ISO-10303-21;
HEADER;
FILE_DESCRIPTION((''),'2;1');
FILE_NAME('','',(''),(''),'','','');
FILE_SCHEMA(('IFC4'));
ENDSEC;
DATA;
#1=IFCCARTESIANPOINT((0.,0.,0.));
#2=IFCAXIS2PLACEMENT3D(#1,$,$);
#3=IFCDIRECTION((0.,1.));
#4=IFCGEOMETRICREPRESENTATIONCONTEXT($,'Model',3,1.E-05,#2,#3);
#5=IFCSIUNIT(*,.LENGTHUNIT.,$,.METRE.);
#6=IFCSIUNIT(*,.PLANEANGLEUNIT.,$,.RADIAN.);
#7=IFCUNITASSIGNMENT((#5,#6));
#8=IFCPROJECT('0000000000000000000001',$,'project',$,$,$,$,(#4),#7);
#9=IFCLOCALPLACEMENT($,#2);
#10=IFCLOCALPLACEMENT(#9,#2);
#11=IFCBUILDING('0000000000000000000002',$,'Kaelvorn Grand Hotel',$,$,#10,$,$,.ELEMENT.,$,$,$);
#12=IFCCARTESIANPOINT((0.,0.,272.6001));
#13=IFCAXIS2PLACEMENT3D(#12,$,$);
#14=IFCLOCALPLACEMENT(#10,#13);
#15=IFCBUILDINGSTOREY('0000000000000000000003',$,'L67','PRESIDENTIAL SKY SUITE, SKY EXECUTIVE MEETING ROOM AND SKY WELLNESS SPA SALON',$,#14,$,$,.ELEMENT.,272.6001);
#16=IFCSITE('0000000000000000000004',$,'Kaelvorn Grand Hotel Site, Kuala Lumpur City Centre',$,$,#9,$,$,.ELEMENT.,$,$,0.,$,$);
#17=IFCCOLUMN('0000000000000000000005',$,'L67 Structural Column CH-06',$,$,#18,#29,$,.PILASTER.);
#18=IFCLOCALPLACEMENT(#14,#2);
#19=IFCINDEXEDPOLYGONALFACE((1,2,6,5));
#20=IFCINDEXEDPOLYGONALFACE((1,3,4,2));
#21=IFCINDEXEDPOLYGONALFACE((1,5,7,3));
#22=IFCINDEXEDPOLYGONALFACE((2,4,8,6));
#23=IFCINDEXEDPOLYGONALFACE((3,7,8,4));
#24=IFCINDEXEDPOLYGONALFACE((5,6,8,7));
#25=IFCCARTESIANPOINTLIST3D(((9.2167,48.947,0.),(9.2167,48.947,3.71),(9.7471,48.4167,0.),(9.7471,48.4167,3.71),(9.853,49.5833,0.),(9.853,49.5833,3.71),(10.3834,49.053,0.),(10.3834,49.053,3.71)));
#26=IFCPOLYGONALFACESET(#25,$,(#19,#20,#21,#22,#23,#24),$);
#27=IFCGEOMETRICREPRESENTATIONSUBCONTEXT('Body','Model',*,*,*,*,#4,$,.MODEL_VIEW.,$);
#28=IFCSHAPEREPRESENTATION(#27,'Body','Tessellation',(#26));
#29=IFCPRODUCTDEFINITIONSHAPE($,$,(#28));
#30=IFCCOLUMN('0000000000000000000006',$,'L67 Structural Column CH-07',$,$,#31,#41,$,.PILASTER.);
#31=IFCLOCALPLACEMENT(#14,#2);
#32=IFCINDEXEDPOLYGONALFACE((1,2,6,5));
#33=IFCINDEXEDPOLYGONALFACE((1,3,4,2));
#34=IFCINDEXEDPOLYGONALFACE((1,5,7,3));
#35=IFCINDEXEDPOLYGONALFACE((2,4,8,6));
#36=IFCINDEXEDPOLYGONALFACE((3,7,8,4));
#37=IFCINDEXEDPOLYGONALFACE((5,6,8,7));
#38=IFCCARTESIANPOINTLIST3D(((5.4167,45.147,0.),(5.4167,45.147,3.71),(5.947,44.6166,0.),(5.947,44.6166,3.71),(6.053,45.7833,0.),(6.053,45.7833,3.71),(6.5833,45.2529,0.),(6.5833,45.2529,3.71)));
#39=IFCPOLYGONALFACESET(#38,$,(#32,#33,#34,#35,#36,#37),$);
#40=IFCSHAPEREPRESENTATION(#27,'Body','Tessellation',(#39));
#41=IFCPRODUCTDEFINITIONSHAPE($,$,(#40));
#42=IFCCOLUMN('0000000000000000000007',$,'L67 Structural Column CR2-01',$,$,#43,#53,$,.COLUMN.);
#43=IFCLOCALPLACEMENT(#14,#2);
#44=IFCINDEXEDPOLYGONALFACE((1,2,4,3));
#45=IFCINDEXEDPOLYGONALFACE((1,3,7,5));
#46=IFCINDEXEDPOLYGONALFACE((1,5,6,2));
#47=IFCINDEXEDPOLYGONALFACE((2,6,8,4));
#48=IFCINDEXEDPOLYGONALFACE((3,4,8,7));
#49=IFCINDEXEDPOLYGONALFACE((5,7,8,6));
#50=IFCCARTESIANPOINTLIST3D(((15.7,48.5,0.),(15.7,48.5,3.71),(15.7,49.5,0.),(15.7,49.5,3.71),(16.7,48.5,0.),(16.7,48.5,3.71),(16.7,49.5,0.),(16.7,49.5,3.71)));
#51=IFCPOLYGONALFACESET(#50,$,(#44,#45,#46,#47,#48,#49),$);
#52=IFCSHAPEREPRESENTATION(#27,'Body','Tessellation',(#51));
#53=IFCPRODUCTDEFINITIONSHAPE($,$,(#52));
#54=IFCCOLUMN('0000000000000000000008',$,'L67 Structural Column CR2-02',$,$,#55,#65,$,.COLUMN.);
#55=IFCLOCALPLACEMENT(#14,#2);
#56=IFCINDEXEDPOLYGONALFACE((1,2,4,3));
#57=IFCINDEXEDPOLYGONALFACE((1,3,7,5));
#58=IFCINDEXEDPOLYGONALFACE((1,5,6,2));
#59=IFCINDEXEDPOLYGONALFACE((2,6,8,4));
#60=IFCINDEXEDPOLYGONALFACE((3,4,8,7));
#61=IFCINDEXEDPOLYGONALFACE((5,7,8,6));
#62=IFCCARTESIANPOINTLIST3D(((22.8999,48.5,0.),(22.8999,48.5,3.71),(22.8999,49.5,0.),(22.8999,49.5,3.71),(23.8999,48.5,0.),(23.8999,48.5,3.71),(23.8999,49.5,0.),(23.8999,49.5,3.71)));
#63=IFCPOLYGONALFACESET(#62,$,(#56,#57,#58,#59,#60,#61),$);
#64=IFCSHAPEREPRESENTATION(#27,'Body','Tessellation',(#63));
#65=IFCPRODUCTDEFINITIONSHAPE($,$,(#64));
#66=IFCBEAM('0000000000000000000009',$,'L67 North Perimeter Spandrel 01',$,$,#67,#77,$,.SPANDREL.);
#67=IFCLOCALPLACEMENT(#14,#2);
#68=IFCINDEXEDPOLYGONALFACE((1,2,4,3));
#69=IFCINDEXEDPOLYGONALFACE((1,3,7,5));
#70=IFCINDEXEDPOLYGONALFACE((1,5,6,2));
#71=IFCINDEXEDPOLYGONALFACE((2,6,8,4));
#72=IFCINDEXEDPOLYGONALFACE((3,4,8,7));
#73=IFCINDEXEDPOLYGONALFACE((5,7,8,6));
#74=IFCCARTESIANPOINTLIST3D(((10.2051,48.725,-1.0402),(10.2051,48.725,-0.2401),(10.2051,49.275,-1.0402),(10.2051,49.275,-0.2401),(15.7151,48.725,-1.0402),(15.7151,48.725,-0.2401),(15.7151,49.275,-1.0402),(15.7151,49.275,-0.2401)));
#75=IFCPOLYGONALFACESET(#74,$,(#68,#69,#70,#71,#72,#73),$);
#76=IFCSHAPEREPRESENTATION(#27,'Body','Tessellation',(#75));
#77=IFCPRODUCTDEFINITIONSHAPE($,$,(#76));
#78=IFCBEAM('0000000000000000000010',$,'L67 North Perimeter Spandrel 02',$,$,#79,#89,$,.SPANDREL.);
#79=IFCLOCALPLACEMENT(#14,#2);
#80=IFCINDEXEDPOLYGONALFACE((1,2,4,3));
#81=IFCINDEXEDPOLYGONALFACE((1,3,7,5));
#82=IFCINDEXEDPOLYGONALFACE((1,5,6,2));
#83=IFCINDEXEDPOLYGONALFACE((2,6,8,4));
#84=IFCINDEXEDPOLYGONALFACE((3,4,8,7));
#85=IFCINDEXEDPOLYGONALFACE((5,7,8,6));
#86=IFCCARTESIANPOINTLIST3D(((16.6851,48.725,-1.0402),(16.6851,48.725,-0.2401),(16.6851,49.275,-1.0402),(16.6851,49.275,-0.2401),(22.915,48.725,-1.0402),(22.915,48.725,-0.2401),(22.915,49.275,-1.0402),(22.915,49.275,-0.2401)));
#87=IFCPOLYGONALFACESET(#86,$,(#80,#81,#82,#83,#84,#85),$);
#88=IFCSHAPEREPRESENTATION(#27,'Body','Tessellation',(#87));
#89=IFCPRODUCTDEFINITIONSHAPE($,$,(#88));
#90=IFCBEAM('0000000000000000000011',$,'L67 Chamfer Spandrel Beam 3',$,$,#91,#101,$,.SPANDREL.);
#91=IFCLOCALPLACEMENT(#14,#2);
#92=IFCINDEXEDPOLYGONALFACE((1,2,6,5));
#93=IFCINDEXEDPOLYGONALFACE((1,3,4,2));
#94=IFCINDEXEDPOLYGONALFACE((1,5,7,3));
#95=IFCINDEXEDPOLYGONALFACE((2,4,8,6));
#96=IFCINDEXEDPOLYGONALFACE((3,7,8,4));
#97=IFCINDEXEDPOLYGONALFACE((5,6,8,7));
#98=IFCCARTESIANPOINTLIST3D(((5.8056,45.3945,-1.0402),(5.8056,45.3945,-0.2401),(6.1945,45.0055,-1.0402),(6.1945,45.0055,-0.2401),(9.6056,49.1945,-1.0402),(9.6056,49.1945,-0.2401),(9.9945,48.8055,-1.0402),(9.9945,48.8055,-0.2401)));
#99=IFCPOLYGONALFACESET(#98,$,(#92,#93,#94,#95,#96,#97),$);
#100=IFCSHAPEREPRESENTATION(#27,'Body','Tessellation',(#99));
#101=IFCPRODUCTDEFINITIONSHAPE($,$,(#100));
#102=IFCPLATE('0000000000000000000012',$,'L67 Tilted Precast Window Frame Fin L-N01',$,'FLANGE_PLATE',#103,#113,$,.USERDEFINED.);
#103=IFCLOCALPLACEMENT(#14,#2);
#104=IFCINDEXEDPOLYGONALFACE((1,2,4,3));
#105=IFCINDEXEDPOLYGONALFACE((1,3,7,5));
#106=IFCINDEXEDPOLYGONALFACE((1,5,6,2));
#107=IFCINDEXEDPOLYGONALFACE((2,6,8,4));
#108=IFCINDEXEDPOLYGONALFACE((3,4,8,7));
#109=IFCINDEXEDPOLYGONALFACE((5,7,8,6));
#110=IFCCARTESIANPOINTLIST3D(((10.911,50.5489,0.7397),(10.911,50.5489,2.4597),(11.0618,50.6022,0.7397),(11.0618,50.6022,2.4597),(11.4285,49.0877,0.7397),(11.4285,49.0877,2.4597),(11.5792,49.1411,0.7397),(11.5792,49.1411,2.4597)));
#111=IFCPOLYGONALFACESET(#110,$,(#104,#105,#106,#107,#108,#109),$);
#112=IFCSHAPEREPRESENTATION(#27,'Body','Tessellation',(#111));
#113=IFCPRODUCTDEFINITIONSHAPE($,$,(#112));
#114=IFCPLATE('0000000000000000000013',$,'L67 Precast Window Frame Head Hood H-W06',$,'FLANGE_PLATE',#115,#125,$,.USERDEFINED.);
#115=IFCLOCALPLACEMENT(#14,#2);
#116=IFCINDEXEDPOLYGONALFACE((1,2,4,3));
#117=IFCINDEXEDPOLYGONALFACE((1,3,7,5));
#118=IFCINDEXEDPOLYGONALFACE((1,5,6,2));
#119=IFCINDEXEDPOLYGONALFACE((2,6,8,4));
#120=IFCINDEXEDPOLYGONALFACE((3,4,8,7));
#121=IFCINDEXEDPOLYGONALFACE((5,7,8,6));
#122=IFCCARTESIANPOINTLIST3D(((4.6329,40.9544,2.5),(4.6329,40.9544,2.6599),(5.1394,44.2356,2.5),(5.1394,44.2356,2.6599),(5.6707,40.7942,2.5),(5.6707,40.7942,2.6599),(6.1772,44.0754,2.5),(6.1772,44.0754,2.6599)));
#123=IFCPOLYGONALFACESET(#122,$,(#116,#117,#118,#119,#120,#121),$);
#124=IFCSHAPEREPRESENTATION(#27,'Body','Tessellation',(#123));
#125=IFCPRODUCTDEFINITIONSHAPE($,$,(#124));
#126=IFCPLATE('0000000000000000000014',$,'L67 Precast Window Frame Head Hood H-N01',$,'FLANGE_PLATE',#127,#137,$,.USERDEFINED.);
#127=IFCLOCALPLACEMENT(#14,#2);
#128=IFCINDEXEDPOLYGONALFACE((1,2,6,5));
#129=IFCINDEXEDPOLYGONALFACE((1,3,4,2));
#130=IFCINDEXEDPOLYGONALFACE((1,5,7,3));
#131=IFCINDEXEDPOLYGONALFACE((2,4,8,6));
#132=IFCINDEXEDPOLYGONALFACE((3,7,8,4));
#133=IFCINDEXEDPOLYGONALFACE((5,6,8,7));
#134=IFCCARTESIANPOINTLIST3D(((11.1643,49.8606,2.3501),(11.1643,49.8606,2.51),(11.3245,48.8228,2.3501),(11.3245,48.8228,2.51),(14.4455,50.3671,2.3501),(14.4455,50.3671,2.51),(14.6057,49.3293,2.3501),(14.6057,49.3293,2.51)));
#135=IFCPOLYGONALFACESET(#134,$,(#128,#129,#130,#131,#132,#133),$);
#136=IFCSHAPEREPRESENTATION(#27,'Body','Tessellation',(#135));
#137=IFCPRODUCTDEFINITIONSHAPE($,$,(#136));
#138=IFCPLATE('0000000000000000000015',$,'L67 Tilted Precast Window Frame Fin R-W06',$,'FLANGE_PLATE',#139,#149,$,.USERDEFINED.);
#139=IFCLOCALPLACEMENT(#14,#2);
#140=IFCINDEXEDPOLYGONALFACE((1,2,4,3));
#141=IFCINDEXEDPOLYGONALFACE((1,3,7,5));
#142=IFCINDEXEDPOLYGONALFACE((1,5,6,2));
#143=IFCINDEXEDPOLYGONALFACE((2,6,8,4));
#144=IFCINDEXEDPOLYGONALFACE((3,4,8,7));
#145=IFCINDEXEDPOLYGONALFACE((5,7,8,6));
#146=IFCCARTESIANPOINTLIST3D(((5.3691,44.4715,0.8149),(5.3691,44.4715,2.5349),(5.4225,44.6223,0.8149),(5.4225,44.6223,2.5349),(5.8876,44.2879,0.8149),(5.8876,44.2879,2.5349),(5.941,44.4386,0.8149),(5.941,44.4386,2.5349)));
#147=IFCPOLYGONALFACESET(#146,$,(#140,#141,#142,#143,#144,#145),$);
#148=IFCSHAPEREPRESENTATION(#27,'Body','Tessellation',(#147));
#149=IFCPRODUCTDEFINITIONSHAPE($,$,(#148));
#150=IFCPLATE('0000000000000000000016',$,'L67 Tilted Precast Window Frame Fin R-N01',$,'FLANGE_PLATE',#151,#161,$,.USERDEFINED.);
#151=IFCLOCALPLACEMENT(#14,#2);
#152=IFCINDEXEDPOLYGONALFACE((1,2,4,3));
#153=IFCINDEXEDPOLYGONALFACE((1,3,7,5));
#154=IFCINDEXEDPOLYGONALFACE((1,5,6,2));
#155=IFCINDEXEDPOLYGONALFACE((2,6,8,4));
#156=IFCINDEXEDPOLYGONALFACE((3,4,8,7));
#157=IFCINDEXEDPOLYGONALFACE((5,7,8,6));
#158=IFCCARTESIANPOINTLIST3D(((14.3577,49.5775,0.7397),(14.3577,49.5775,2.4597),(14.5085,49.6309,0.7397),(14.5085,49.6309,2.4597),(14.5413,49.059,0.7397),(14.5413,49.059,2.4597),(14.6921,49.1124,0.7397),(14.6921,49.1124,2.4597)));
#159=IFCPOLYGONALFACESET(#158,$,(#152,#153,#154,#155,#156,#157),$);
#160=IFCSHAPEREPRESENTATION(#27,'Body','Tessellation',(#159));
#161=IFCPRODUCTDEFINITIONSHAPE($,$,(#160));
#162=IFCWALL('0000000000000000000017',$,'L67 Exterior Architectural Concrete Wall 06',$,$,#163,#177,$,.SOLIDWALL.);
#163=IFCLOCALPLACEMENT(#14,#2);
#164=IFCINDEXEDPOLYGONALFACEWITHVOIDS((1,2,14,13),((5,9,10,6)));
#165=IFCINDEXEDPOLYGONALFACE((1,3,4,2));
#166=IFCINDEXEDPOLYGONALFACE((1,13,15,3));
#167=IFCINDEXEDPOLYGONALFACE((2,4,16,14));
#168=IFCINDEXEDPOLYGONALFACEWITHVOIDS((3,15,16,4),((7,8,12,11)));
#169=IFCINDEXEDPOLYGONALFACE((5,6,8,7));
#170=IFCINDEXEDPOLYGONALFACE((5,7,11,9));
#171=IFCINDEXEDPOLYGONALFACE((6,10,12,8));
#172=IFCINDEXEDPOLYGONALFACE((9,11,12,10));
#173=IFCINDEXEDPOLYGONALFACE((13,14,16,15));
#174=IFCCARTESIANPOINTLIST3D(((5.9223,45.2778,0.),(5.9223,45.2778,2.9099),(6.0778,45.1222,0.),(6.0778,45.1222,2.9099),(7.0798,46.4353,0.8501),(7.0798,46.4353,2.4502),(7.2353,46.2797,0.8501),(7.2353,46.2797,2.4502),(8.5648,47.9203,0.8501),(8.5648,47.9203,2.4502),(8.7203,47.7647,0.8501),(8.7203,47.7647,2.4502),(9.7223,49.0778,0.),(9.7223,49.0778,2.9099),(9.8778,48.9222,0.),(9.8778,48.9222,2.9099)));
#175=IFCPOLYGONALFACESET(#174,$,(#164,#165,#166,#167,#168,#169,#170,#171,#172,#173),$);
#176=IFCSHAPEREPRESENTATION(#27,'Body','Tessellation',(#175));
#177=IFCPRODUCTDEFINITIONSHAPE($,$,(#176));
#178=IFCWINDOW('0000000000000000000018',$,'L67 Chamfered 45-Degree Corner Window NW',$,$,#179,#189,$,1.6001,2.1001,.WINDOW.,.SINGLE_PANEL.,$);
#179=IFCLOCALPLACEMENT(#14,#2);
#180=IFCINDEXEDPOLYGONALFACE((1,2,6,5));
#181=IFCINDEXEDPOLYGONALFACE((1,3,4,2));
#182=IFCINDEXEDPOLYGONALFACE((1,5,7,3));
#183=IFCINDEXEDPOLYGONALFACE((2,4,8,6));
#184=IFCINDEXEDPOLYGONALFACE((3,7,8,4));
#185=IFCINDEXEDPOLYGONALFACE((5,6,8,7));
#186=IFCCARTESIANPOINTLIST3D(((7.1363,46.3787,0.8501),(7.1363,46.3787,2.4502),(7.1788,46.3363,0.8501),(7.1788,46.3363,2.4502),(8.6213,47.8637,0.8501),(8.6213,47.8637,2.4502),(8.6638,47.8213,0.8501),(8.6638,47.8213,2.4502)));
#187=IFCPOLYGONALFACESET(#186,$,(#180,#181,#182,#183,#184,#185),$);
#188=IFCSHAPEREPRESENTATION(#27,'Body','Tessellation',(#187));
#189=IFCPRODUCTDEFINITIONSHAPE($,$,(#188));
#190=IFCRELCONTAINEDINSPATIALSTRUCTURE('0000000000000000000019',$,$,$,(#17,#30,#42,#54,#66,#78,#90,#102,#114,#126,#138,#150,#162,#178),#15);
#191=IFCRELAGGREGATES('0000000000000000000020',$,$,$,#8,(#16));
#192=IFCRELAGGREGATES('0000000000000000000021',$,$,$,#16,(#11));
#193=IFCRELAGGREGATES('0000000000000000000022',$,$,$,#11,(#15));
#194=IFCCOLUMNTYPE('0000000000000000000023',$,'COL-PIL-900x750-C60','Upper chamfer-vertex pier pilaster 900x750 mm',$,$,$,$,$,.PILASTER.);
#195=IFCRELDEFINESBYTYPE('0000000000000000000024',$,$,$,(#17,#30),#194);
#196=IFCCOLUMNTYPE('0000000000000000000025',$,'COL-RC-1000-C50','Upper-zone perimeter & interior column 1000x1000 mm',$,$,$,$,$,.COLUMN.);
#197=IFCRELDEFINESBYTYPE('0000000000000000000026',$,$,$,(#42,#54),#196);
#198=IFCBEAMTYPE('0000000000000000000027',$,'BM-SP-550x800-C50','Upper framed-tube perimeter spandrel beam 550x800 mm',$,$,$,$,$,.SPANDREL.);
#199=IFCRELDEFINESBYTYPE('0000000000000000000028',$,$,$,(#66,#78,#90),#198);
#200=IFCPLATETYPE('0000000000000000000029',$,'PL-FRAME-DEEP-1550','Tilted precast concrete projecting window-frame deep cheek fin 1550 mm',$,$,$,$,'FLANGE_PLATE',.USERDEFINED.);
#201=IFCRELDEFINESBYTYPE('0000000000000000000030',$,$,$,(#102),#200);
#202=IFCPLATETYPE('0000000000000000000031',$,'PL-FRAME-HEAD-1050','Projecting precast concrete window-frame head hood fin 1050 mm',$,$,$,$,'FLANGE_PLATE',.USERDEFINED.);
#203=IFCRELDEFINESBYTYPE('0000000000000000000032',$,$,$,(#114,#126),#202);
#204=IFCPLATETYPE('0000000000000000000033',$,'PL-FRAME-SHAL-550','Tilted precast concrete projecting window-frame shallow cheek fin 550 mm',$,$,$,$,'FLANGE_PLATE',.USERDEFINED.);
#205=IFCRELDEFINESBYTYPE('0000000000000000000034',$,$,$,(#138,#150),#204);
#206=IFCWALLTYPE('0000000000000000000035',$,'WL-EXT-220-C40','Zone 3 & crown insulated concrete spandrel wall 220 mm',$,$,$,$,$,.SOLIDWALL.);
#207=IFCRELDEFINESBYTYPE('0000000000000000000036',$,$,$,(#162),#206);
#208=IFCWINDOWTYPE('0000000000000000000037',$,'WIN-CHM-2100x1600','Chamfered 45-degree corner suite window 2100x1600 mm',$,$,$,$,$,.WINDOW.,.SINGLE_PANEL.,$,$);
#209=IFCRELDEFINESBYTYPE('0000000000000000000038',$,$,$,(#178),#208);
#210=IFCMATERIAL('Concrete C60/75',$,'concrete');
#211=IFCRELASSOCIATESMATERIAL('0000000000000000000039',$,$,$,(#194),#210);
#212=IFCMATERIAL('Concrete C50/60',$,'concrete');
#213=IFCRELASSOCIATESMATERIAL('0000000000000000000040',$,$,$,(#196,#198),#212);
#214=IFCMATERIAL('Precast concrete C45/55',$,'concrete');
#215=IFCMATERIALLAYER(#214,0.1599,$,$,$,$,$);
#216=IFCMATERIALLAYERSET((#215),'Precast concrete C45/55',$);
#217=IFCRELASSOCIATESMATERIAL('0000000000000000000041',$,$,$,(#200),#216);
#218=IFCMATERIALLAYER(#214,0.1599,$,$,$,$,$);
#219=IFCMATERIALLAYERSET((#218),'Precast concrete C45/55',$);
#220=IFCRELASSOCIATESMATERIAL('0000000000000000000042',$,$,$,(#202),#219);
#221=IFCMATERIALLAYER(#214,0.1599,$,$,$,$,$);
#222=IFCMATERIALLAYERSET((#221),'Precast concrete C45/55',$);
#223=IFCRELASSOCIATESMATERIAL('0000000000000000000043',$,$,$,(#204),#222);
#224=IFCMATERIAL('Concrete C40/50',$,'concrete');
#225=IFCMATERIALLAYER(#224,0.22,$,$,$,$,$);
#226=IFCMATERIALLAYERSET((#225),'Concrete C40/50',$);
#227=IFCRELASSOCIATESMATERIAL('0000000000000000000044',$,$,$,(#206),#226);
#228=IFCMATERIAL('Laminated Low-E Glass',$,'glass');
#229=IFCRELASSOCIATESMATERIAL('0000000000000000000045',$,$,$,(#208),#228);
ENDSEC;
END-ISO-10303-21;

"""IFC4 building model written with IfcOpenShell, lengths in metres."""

from ifc_helpers import new_model, si_unit, direction, frame, frame_2d, origin, origin_2d, place, context, subcontext, project, spatial, rectangle, extrude, material, layer, layer_set, material_profile, profile_set, type_object, element, fill, save


model = new_model("IFC4")

# Units and contexts
model_context = context("Model", 3, precision=1e-05, world=origin(), true_north=direction((0.0, 1.0)))
body_context = subcontext(model_context, "Body", "Model", "MODEL_VIEW")
ifc_project = project(units=[si_unit("LENGTHUNIT", "METRE"), si_unit("PLANEANGLEUNIT", "RADIAN")], contexts=[model_context])

# Site, building, storey
site_placement = place(None, origin())
site = spatial("IfcSite", under=ifc_project, at=site_placement, Name="Kaelvorn Grand Hotel Site, Kuala Lumpur City Centre", CompositionType="ELEMENT", RefElevation=0.0)
building_placement = place(site_placement, origin())
building = spatial("IfcBuilding", under=site, at=building_placement, Name="Kaelvorn Grand Hotel", CompositionType="ELEMENT")
storey_placement = place(building_placement, frame((0.0, 0.0, 272.6001)))
storey = spatial("IfcBuildingStorey", under=building, at=storey_placement, Name="L67", Description="PRESIDENTIAL SKY SUITE, SKY EXECUTIVE MEETING ROOM AND SKY WELLNESS SPA SALON", CompositionType="ELEMENT", Elevation=272.6001)

# Columns
ifc_material_1 = material(Name="Concrete C60/75", Category="concrete")
ifc_material_profile_1 = material_profile(ifc_material_1, rectangle(XDim=0.8999, YDim=0.75, at=origin_2d()), Name="RC PILASTER 900x750")
ifc_profile_set_1 = profile_set([ifc_material_profile_1], Name="Concrete C60/75")
column_type_1 = type_object("IfcColumnType", Name="COL-PIL-900x750-C60", Description="Upper chamfer-vertex pier pilaster 900x750 mm", PredefinedType="PILASTER", material=ifc_profile_set_1)
for number, where, z_axis, x_axis, name in (
    (1, (9.8, 49.0, 0.0), (0.0, 0.0, 1.0), (0.707107, 0.707107, 0.0), "L67 Structural Column CH-06"),
    (2, (6.0, 45.2, 0.0), (0.0, 0.0, 1.0), (0.707107, 0.707107, 0.0), "L67 Structural Column CH-07"),
):
    element("IfcColumn", number, at=place(storey_placement, frame(where, z_axis=z_axis, x_axis=x_axis)), inside=storey, type_object=column_type_1, Name=name, PredefinedType="PILASTER", context=body_context, shape_type="SweptSolid", body=[
        extrude(rectangle(XDim=0.8999, YDim=0.75, at=origin_2d()), origin(), (0.0, 0.0, 1.0), 3.71),
    ])
ifc_material_2 = material(Name="Concrete C50/60", Category="concrete")
ifc_material_profile_2 = material_profile(ifc_material_2, rectangle(XDim=1.0, YDim=1.0, at=origin_2d()), Name="RC COL 1000x1000")
ifc_profile_set_2 = profile_set([ifc_material_profile_2], Name="Concrete C50/60")
column_type_2 = type_object("IfcColumnType", Name="COL-RC-1000-C50", Description="Upper-zone perimeter & interior column 1000x1000 mm", PredefinedType="COLUMN", material=ifc_profile_set_2)
for number, where, z_axis, x_axis, name in (
    (3, (16.2, 49.0, 0.0), (0.0, 0.0, 1.0), (1.0, 0.0, 0.0), "L67 Structural Column CR2-01"),
    (4, (23.3999, 49.0, 0.0), (0.0, 0.0, 1.0), (1.0, 0.0, 0.0), "L67 Structural Column CR2-02"),
):
    element("IfcColumn", number, at=place(storey_placement, frame(where, z_axis=z_axis, x_axis=x_axis)), inside=storey, type_object=column_type_2, Name=name, PredefinedType="COLUMN", context=body_context, shape_type="SweptSolid", body=[
        extrude(rectangle(XDim=1.0, YDim=1.0, at=origin_2d()), origin(), (0.0, 0.0, 1.0), 3.71),
    ])

# Beams
ifc_material_profile_3 = material_profile(ifc_material_2, rectangle(XDim=0.55, YDim=0.8, at=origin_2d()), Name="RC SPANDREL 550x800")
ifc_profile_set_3 = profile_set([ifc_material_profile_3], Name="Concrete C50/60")
beam_type = type_object("IfcBeamType", Name="BM-SP-550x800-C50", Description="Upper framed-tube perimeter spandrel beam 550x800 mm", PredefinedType="SPANDREL", material=ifc_profile_set_3)
beam_1_placement = place(storey_placement, frame((10.2051, 49.0, -0.6401), z_axis=(1.0, 0.0, 0.0), x_axis=(0.0, 1.0, 0.0)))
element("IfcBeam", 5, at=beam_1_placement, inside=storey, type_object=beam_type, Name="L67 North Perimeter Spandrel 01", PredefinedType="SPANDREL", context=body_context, shape_type="SweptSolid", body=[
    extrude(rectangle(XDim=0.55, YDim=0.8, at=origin_2d()), origin(), (0.0, 0.0, 1.0), 5.51),
])
beam_2_placement = place(storey_placement, frame((16.6851, 49.0, -0.6401), z_axis=(1.0, 0.0, 0.0), x_axis=(0.0, 1.0, 0.0)))
element("IfcBeam", 6, at=beam_2_placement, inside=storey, type_object=beam_type, Name="L67 North Perimeter Spandrel 02", PredefinedType="SPANDREL", context=body_context, shape_type="SweptSolid", body=[
    extrude(rectangle(XDim=0.55, YDim=0.8, at=origin_2d()), origin(), (0.0, 0.0, 1.0), 6.23),
])
beam_3_placement = place(storey_placement, frame((9.8, 49.0, -0.6401), z_axis=(-0.707107, -0.707107, 0.0), x_axis=(0.707107, -0.707107, 0.0)))
element("IfcBeam", 7, at=beam_3_placement, inside=storey, type_object=beam_type, Name="L67 Chamfer Spandrel Beam 3", PredefinedType="SPANDREL", context=body_context, shape_type="SweptSolid", body=[
    extrude(rectangle(XDim=0.55, YDim=0.8, at=origin_2d()), origin(), (0.0, 0.0, 1.0), 5.374),
])

# Plates
ifc_material_3 = material(Name="Precast concrete C45/55", Category="concrete")
ifc_layer_1 = layer(ifc_material_3, 0.1599)
ifc_layer_set_1 = layer_set([ifc_layer_1], Name="Precast concrete C45/55")
plate_type_1 = type_object("IfcPlateType", Name="PL-FRAME-DEEP-1550", Description="Tilted precast concrete projecting window-frame deep cheek fin 1550 mm", ElementType="FLANGE_PLATE", PredefinedType="USERDEFINED", material=ifc_layer_set_1)
plate_placement = place(storey_placement, frame((11.2451, 49.845, 0.7397), z_axis=(0.0, 0.0, 1.0), x_axis=(0.942641, 0.333807, 0.0)))
element("IfcPlate", 8, at=plate_placement, inside=storey, type_object=plate_type_1, Name="L67 Tilted Precast Window Frame Fin L-N01", ObjectType="FLANGE_PLATE", PredefinedType="USERDEFINED", context=body_context, shape_type="SweptSolid", body=[
    extrude(rectangle(XDim=0.1599, YDim=1.55, at=origin_2d()), origin(), (0.0, 0.0, 1.0), 1.72),
])
ifc_layer_2 = layer(ifc_material_3, 0.1599)
ifc_layer_set_2 = layer_set([ifc_layer_2], Name="Precast concrete C45/55")
plate_type_2 = type_object("IfcPlateType", Name="PL-FRAME-HEAD-1050", Description="Projecting precast concrete window-frame head hood fin 1050 mm", ElementType="FLANGE_PLATE", PredefinedType="USERDEFINED", material=ifc_layer_set_2)
for number, where, z_axis, x_axis, name in (
    (9, (5.405, 42.5149, 2.5), (0.0, 0.0, 1.0), (0.152555, 0.988295, 0.0), "L67 Precast Window Frame Head Hood H-W06"),
    (10, (12.885, 49.595, 2.3501), (0.0, 0.0, 1.0), (0.988295, 0.152555, 0.0), "L67 Precast Window Frame Head Hood H-N01"),
):
    element("IfcPlate", number, at=place(storey_placement, frame(where, z_axis=z_axis, x_axis=x_axis)), inside=storey, type_object=plate_type_2, Name=name, ObjectType="FLANGE_PLATE", PredefinedType="USERDEFINED", context=body_context, shape_type="SweptSolid", body=[
        extrude(rectangle(XDim=3.3201, YDim=1.05, at=origin_2d()), origin(), (0.0, 0.0, 1.0), 0.1599),
    ])
ifc_layer_3 = layer(ifc_material_3, 0.1599)
ifc_layer_set_3 = layer_set([ifc_layer_3], Name="Precast concrete C45/55")
plate_type_3 = type_object("IfcPlateType", Name="PL-FRAME-SHAL-550", Description="Tilted precast concrete projecting window-frame shallow cheek fin 550 mm", ElementType="FLANGE_PLATE", PredefinedType="USERDEFINED", material=ifc_layer_set_3)
for number, where, z_axis, x_axis, name in (
    (11, (5.655, 44.4551, 0.8149), (0.0, 0.0, 1.0), (0.333807, 0.942641, 0.0), "L67 Tilted Precast Window Frame Fin R-W06"),
    (12, (14.5249, 49.345, 0.7397), (0.0, 0.0, 1.0), (0.942641, 0.333807, 0.0), "L67 Tilted Precast Window Frame Fin R-N01"),
):
    element("IfcPlate", number, at=place(storey_placement, frame(where, z_axis=z_axis, x_axis=x_axis)), inside=storey, type_object=plate_type_3, Name=name, ObjectType="FLANGE_PLATE", PredefinedType="USERDEFINED", context=body_context, shape_type="SweptSolid", body=[
        extrude(rectangle(XDim=0.1599, YDim=0.55, at=origin_2d()), origin(), (0.0, 0.0, 1.0), 1.72),
    ])

# Wall, opening, window
ifc_material_4 = material(Name="Concrete C40/50", Category="concrete")
ifc_layer_4 = layer(ifc_material_4, 0.22)
ifc_layer_set_4 = layer_set([ifc_layer_4], Name="Concrete C40/50")
wall_type_1 = type_object("IfcWallType", Name="WL-EXT-220-C40", Description="Zone 3 & crown insulated concrete spandrel wall 220 mm", PredefinedType="SOLIDWALL", material=ifc_layer_set_4)
wall_1_placement = place(storey_placement, frame((9.8, 49.0, 0.0), z_axis=(0.0, 0.0, 1.0), x_axis=(-0.707107, -0.707107, 0.0)))
wall_1 = element("IfcWall", 13, at=wall_1_placement, inside=storey, type_object=wall_type_1, Name="L67 Exterior Architectural Concrete Wall 06", PredefinedType="SOLIDWALL", context=body_context, shape_type="SweptSolid", body=[
    extrude(rectangle(XDim=5.374, YDim=0.22, at=frame_2d((2.687, 0.0))), origin(), (0.0, 0.0, 1.0), 2.9099),
])
opening_1_placement = place(wall_1_placement, frame((1.637, 0.0, 0.8501)))
opening_1 = element("IfcOpeningElement", 14, at=opening_1_placement, cuts=wall_1, PredefinedType="OPENING", context=body_context, shape_type="SweptSolid", body=[
    extrude(rectangle(XDim=2.1001, YDim=1.6001, at=frame_2d((1.05, 0.8))), frame((0.0, 0.1201, 0.0), z_axis=(0.0, -1.0, 0.0), x_axis=(1.0, 0.0, 0.0)), (0.0, 0.0, 1.0), 0.24),
])
ifc_material_5 = material(Name="Laminated Low-E Glass", Category="glass")
window_type_1 = type_object("IfcWindowType", Name="WIN-CHM-2100x1600", Description="Chamfered 45-degree corner suite window 2100x1600 mm", PartitioningType="SINGLE_PANEL", PredefinedType="WINDOW", material=ifc_material_5)
window_1_placement = place(opening_1_placement, origin())
window_1 = element("IfcWindow", 15, at=window_1_placement, inside=storey, type_object=window_type_1, Name="L67 Chamfered 45-Degree Corner Window NW", OverallHeight=1.6001, OverallWidth=2.1001, PartitioningType="SINGLE_PANEL", PredefinedType="WINDOW", context=body_context, shape_type="SweptSolid", body=[
    extrude(rectangle(XDim=2.1001, YDim=1.6001, at=frame_2d((1.05, 0.8))), frame((0.0, 0.03, 0.0), z_axis=(0.0, -1.0, 0.0), x_axis=(1.0, 0.0, 0.0)), (0.0, 0.0, 1.0), 0.0601),
])
fill(opening_1, window_1)

save(model, "model.ifc")
